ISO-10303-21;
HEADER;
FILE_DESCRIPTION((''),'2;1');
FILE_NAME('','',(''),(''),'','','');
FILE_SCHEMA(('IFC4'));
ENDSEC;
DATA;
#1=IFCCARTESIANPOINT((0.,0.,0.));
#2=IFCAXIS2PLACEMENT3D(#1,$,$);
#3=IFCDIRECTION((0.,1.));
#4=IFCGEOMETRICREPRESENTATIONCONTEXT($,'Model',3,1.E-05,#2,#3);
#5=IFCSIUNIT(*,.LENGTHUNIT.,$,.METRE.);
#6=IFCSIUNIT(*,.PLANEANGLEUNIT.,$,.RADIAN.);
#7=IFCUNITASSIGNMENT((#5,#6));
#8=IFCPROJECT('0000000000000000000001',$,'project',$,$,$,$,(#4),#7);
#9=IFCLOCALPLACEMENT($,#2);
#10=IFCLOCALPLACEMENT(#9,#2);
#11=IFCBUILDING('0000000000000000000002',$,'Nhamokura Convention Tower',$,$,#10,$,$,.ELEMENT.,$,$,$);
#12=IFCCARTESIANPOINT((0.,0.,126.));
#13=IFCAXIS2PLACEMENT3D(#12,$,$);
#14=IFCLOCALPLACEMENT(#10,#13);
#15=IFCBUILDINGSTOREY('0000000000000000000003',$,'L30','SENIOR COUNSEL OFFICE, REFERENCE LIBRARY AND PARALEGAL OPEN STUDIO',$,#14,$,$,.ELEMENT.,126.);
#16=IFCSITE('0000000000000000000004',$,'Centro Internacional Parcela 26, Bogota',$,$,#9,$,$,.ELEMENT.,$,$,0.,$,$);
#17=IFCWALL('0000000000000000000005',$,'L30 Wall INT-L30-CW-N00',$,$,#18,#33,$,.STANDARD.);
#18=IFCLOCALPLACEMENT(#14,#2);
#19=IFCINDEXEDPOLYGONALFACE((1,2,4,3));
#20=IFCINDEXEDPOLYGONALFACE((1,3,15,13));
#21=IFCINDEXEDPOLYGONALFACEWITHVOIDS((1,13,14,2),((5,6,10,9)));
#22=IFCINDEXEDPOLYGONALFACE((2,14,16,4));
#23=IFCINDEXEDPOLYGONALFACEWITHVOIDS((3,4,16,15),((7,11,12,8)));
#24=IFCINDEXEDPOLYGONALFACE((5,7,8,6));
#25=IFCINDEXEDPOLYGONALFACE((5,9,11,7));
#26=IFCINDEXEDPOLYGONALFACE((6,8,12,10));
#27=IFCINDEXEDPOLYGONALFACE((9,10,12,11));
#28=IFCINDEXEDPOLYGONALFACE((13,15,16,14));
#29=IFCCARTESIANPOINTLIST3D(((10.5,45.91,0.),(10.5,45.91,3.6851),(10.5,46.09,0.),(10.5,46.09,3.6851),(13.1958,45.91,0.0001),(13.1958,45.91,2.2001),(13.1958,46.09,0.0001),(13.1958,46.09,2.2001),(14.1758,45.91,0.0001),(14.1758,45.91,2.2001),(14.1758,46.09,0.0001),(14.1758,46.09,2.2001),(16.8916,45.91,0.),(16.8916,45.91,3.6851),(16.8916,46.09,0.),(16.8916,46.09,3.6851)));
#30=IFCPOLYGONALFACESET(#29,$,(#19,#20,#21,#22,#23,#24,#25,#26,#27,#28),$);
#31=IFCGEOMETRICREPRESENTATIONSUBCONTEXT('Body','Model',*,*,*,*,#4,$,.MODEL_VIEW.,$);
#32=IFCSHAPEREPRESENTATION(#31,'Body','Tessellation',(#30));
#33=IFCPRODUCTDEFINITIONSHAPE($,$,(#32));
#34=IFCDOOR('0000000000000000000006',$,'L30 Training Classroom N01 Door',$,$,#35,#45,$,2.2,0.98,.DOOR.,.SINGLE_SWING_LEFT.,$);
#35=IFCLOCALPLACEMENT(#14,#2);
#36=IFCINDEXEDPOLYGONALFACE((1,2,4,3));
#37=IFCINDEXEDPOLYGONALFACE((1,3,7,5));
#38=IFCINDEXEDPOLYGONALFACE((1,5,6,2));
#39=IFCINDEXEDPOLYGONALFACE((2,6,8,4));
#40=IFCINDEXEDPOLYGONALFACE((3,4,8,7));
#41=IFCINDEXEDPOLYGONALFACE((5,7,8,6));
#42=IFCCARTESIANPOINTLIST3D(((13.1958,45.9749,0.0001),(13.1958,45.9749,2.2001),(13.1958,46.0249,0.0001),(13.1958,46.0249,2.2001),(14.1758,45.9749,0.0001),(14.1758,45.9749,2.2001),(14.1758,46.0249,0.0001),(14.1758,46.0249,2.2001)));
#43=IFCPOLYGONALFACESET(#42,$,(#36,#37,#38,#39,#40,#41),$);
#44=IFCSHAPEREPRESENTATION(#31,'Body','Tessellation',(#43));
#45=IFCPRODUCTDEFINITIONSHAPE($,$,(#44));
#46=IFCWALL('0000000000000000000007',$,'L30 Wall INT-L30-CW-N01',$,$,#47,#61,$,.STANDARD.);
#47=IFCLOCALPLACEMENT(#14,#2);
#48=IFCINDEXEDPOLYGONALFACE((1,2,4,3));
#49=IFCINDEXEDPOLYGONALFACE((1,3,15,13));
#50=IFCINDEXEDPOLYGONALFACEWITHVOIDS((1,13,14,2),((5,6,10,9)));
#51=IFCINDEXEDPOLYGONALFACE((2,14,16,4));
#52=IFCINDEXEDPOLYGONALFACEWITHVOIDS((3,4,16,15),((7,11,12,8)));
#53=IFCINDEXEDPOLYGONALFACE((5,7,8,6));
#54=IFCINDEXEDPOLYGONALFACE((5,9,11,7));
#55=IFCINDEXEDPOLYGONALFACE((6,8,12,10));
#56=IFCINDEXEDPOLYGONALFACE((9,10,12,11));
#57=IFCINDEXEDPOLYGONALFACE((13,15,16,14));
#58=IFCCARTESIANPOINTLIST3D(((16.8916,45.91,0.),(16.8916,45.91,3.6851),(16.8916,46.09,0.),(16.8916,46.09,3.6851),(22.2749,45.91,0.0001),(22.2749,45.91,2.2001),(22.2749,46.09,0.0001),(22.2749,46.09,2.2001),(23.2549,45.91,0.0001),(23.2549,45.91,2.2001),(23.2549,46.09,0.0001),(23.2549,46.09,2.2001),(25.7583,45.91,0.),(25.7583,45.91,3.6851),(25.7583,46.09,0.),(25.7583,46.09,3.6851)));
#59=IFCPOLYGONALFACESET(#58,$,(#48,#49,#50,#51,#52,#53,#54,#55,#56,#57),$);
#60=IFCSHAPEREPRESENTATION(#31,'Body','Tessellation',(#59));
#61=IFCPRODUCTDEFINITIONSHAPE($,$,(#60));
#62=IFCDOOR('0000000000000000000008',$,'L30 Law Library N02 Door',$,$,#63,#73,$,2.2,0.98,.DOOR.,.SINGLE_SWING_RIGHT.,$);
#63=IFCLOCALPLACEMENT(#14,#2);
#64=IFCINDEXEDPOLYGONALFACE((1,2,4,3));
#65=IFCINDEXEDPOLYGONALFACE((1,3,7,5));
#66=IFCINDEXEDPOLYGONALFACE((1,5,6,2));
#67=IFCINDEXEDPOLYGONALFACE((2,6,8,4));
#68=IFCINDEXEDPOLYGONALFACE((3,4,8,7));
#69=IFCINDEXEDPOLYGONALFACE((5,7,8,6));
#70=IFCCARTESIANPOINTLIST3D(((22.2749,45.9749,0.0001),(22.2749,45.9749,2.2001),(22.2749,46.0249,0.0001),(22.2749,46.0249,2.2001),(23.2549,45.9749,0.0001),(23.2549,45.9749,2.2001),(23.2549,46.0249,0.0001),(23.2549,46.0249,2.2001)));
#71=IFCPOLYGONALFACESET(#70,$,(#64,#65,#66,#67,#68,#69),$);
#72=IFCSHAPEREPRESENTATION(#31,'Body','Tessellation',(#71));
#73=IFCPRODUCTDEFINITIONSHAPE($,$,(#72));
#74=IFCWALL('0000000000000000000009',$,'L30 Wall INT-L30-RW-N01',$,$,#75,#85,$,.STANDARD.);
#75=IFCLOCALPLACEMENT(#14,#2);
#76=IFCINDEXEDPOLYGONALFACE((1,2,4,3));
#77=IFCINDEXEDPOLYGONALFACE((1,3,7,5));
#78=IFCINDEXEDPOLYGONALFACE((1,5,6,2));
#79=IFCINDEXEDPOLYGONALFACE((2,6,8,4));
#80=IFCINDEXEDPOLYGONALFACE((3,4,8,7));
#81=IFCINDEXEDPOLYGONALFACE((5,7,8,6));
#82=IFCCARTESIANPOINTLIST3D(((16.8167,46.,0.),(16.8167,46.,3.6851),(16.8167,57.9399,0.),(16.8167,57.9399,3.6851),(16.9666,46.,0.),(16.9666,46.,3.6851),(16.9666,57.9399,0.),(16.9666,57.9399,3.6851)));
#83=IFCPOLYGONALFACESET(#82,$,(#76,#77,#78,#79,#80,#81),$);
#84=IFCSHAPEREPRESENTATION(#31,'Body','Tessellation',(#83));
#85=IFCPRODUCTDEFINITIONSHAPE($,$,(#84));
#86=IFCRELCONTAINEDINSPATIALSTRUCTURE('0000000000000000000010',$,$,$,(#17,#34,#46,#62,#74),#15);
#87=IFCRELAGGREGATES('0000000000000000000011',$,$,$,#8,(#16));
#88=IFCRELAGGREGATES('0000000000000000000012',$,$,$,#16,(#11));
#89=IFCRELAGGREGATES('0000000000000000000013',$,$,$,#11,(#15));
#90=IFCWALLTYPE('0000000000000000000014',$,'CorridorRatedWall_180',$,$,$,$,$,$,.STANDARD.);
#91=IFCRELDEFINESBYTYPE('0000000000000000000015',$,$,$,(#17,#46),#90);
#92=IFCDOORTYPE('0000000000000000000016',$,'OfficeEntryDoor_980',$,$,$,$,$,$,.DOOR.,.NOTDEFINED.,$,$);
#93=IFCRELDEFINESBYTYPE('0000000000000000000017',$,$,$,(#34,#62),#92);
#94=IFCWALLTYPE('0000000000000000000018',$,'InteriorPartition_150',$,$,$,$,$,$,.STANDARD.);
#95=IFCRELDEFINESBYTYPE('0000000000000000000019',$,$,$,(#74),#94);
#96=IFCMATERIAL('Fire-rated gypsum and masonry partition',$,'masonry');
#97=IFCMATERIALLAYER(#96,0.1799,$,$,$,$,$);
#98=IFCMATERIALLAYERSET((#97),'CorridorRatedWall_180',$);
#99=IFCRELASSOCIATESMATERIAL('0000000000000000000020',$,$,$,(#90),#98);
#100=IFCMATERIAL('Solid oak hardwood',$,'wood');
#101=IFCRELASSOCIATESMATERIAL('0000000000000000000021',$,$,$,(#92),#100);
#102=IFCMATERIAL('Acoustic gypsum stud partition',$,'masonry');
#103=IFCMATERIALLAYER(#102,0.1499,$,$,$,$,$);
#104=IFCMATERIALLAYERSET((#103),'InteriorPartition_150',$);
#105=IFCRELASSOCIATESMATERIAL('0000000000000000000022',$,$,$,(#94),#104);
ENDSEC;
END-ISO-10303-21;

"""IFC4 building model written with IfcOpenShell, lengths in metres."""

from ifc_helpers import new_model, si_unit, direction, frame, frame_2d, origin, place, context, subcontext, project, spatial, rectangle, extrude, material, layer, layer_set, type_object, element, fill, save


model = new_model("IFC4")

# Units and contexts
model_context = context("Model", 3, precision=1e-05, world=origin(), true_north=direction((0.0, 1.0)))
body_context = subcontext(model_context, "Body", "Model", "MODEL_VIEW")
ifc_project = project(units=[si_unit("LENGTHUNIT", "METRE"), si_unit("PLANEANGLEUNIT", "RADIAN")], contexts=[model_context])

# Site, building, storey
site_placement = place(None, origin())
site = spatial("IfcSite", under=ifc_project, at=site_placement, Name="Centro Internacional Parcela 26, Bogota", CompositionType="ELEMENT", RefElevation=0.0)
building_placement = place(site_placement, origin())
building = spatial("IfcBuilding", under=site, at=building_placement, Name="Nhamokura Convention Tower", CompositionType="ELEMENT")
storey_placement = place(building_placement, frame((0.0, 0.0, 126.0)))
storey = spatial("IfcBuildingStorey", under=building, at=storey_placement, Name="L30", Description="SENIOR COUNSEL OFFICE, REFERENCE LIBRARY AND PARALEGAL OPEN STUDIO", CompositionType="ELEMENT", Elevation=126.0)

# Walls, openings, doors
ifc_material_1 = material(Name="Fire-rated gypsum and masonry partition", Category="masonry")
ifc_layer_1 = layer(ifc_material_1, 0.1799)
ifc_layer_set_1 = layer_set([ifc_layer_1], Name="CorridorRatedWall_180")
wall_type_1 = type_object("IfcWallType", Name="CorridorRatedWall_180", PredefinedType="STANDARD", material=ifc_layer_set_1)
wall_1_placement = place(storey_placement, frame((10.5, 46.0, 0.0), z_axis=(0.0, 0.0, 1.0), x_axis=(1.0, 0.0, 0.0)))
wall_1 = element("IfcWall", 1, at=wall_1_placement, inside=storey, type_object=wall_type_1, Name="L30 Wall INT-L30-CW-N00", PredefinedType="STANDARD", context=body_context, shape_type="SweptSolid", body=[
    extrude(rectangle(XDim=6.3916, YDim=0.1799, at=frame_2d((3.1958, 0.0))), origin(), (0.0, 0.0, 1.0), 3.6851),
])
opening_1_placement = place(wall_1_placement, frame((2.6958, 0.0, 0.0)))
opening_1 = element("IfcOpeningElement", 2, at=opening_1_placement, cuts=wall_1, PredefinedType="OPENING", context=body_context, shape_type="SweptSolid", body=[
    extrude(rectangle(XDim=0.98, YDim=2.2, at=frame_2d((0.49, 1.1001))), frame((0.0, 0.0999, 0.0), z_axis=(0.0, -1.0, 0.0), x_axis=(1.0, 0.0, 0.0)), (0.0, 0.0, 1.0), 0.2),
])
ifc_material_2 = material(Name="Solid oak hardwood", Category="wood")
door_type = type_object("IfcDoorType", Name="OfficeEntryDoor_980", OperationType="NOTDEFINED", PredefinedType="DOOR", material=ifc_material_2)
door_1_placement = place(opening_1_placement, origin())
door_1 = element("IfcDoor", 3, at=door_1_placement, inside=storey, type_object=door_type, Name="L30 Training Classroom N01 Door", OperationType="SINGLE_SWING_LEFT", OverallHeight=2.2, OverallWidth=0.98, PredefinedType="DOOR", context=body_context, shape_type="SweptSolid", body=[
    extrude(rectangle(XDim=0.98, YDim=2.2, at=frame_2d((0.49, 1.1001))), frame((0.0, 0.0249, 0.0), z_axis=(0.0, -1.0, 0.0), x_axis=(1.0, 0.0, 0.0)), (0.0, 0.0, 1.0), 0.05),
])
fill(opening_1, door_1)
wall_2_placement = place(storey_placement, frame((16.8916, 46.0, 0.0), z_axis=(0.0, 0.0, 1.0), x_axis=(1.0, 0.0, 0.0)))
wall_2 = element("IfcWall", 4, at=wall_2_placement, inside=storey, type_object=wall_type_1, Name="L30 Wall INT-L30-CW-N01", PredefinedType="STANDARD", context=body_context, shape_type="SweptSolid", body=[
    extrude(rectangle(XDim=8.8667, YDim=0.1799, at=frame_2d((4.4333, 0.0))), origin(), (0.0, 0.0, 1.0), 3.6851),
])
opening_2_placement = place(wall_2_placement, frame((5.3833, 0.0, 0.0)))
opening_2 = element("IfcOpeningElement", 5, at=opening_2_placement, cuts=wall_2, PredefinedType="OPENING", context=body_context, shape_type="SweptSolid", body=[
    extrude(rectangle(XDim=0.98, YDim=2.2, at=frame_2d((0.49, 1.1001))), frame((0.0, 0.0999, 0.0), z_axis=(0.0, -1.0, 0.0), x_axis=(1.0, 0.0, 0.0)), (0.0, 0.0, 1.0), 0.2),
])
door_2_placement = place(opening_2_placement, origin())
door_2 = element("IfcDoor", 6, at=door_2_placement, inside=storey, type_object=door_type, Name="L30 Law Library N02 Door", OperationType="SINGLE_SWING_RIGHT", OverallHeight=2.2, OverallWidth=0.98, PredefinedType="DOOR", context=body_context, shape_type="SweptSolid", body=[
    extrude(rectangle(XDim=0.98, YDim=2.2, at=frame_2d((0.49, 1.1001))), frame((0.0, 0.0249, 0.0), z_axis=(0.0, -1.0, 0.0), x_axis=(1.0, 0.0, 0.0)), (0.0, 0.0, 1.0), 0.05),
])
fill(opening_2, door_2)

# Wall
ifc_material_3 = material(Name="Acoustic gypsum stud partition", Category="masonry")
ifc_layer_2 = layer(ifc_material_3, 0.1499)
ifc_layer_set_2 = layer_set([ifc_layer_2], Name="InteriorPartition_150")
wall_type_2 = type_object("IfcWallType", Name="InteriorPartition_150", PredefinedType="STANDARD", material=ifc_layer_set_2)
wall_3_placement = place(storey_placement, frame((16.8916, 46.0, 0.0), z_axis=(0.0, 0.0, 1.0), x_axis=(0.0, 1.0, 0.0)))
element("IfcWall", 7, at=wall_3_placement, inside=storey, type_object=wall_type_2, Name="L30 Wall INT-L30-RW-N01", PredefinedType="STANDARD", context=body_context, shape_type="SweptSolid", body=[
    extrude(rectangle(XDim=11.9399, YDim=0.1499, at=frame_2d((5.97, 0.0))), origin(), (0.0, 0.0, 1.0), 3.6851),
])

save(model, "model.ifc")
